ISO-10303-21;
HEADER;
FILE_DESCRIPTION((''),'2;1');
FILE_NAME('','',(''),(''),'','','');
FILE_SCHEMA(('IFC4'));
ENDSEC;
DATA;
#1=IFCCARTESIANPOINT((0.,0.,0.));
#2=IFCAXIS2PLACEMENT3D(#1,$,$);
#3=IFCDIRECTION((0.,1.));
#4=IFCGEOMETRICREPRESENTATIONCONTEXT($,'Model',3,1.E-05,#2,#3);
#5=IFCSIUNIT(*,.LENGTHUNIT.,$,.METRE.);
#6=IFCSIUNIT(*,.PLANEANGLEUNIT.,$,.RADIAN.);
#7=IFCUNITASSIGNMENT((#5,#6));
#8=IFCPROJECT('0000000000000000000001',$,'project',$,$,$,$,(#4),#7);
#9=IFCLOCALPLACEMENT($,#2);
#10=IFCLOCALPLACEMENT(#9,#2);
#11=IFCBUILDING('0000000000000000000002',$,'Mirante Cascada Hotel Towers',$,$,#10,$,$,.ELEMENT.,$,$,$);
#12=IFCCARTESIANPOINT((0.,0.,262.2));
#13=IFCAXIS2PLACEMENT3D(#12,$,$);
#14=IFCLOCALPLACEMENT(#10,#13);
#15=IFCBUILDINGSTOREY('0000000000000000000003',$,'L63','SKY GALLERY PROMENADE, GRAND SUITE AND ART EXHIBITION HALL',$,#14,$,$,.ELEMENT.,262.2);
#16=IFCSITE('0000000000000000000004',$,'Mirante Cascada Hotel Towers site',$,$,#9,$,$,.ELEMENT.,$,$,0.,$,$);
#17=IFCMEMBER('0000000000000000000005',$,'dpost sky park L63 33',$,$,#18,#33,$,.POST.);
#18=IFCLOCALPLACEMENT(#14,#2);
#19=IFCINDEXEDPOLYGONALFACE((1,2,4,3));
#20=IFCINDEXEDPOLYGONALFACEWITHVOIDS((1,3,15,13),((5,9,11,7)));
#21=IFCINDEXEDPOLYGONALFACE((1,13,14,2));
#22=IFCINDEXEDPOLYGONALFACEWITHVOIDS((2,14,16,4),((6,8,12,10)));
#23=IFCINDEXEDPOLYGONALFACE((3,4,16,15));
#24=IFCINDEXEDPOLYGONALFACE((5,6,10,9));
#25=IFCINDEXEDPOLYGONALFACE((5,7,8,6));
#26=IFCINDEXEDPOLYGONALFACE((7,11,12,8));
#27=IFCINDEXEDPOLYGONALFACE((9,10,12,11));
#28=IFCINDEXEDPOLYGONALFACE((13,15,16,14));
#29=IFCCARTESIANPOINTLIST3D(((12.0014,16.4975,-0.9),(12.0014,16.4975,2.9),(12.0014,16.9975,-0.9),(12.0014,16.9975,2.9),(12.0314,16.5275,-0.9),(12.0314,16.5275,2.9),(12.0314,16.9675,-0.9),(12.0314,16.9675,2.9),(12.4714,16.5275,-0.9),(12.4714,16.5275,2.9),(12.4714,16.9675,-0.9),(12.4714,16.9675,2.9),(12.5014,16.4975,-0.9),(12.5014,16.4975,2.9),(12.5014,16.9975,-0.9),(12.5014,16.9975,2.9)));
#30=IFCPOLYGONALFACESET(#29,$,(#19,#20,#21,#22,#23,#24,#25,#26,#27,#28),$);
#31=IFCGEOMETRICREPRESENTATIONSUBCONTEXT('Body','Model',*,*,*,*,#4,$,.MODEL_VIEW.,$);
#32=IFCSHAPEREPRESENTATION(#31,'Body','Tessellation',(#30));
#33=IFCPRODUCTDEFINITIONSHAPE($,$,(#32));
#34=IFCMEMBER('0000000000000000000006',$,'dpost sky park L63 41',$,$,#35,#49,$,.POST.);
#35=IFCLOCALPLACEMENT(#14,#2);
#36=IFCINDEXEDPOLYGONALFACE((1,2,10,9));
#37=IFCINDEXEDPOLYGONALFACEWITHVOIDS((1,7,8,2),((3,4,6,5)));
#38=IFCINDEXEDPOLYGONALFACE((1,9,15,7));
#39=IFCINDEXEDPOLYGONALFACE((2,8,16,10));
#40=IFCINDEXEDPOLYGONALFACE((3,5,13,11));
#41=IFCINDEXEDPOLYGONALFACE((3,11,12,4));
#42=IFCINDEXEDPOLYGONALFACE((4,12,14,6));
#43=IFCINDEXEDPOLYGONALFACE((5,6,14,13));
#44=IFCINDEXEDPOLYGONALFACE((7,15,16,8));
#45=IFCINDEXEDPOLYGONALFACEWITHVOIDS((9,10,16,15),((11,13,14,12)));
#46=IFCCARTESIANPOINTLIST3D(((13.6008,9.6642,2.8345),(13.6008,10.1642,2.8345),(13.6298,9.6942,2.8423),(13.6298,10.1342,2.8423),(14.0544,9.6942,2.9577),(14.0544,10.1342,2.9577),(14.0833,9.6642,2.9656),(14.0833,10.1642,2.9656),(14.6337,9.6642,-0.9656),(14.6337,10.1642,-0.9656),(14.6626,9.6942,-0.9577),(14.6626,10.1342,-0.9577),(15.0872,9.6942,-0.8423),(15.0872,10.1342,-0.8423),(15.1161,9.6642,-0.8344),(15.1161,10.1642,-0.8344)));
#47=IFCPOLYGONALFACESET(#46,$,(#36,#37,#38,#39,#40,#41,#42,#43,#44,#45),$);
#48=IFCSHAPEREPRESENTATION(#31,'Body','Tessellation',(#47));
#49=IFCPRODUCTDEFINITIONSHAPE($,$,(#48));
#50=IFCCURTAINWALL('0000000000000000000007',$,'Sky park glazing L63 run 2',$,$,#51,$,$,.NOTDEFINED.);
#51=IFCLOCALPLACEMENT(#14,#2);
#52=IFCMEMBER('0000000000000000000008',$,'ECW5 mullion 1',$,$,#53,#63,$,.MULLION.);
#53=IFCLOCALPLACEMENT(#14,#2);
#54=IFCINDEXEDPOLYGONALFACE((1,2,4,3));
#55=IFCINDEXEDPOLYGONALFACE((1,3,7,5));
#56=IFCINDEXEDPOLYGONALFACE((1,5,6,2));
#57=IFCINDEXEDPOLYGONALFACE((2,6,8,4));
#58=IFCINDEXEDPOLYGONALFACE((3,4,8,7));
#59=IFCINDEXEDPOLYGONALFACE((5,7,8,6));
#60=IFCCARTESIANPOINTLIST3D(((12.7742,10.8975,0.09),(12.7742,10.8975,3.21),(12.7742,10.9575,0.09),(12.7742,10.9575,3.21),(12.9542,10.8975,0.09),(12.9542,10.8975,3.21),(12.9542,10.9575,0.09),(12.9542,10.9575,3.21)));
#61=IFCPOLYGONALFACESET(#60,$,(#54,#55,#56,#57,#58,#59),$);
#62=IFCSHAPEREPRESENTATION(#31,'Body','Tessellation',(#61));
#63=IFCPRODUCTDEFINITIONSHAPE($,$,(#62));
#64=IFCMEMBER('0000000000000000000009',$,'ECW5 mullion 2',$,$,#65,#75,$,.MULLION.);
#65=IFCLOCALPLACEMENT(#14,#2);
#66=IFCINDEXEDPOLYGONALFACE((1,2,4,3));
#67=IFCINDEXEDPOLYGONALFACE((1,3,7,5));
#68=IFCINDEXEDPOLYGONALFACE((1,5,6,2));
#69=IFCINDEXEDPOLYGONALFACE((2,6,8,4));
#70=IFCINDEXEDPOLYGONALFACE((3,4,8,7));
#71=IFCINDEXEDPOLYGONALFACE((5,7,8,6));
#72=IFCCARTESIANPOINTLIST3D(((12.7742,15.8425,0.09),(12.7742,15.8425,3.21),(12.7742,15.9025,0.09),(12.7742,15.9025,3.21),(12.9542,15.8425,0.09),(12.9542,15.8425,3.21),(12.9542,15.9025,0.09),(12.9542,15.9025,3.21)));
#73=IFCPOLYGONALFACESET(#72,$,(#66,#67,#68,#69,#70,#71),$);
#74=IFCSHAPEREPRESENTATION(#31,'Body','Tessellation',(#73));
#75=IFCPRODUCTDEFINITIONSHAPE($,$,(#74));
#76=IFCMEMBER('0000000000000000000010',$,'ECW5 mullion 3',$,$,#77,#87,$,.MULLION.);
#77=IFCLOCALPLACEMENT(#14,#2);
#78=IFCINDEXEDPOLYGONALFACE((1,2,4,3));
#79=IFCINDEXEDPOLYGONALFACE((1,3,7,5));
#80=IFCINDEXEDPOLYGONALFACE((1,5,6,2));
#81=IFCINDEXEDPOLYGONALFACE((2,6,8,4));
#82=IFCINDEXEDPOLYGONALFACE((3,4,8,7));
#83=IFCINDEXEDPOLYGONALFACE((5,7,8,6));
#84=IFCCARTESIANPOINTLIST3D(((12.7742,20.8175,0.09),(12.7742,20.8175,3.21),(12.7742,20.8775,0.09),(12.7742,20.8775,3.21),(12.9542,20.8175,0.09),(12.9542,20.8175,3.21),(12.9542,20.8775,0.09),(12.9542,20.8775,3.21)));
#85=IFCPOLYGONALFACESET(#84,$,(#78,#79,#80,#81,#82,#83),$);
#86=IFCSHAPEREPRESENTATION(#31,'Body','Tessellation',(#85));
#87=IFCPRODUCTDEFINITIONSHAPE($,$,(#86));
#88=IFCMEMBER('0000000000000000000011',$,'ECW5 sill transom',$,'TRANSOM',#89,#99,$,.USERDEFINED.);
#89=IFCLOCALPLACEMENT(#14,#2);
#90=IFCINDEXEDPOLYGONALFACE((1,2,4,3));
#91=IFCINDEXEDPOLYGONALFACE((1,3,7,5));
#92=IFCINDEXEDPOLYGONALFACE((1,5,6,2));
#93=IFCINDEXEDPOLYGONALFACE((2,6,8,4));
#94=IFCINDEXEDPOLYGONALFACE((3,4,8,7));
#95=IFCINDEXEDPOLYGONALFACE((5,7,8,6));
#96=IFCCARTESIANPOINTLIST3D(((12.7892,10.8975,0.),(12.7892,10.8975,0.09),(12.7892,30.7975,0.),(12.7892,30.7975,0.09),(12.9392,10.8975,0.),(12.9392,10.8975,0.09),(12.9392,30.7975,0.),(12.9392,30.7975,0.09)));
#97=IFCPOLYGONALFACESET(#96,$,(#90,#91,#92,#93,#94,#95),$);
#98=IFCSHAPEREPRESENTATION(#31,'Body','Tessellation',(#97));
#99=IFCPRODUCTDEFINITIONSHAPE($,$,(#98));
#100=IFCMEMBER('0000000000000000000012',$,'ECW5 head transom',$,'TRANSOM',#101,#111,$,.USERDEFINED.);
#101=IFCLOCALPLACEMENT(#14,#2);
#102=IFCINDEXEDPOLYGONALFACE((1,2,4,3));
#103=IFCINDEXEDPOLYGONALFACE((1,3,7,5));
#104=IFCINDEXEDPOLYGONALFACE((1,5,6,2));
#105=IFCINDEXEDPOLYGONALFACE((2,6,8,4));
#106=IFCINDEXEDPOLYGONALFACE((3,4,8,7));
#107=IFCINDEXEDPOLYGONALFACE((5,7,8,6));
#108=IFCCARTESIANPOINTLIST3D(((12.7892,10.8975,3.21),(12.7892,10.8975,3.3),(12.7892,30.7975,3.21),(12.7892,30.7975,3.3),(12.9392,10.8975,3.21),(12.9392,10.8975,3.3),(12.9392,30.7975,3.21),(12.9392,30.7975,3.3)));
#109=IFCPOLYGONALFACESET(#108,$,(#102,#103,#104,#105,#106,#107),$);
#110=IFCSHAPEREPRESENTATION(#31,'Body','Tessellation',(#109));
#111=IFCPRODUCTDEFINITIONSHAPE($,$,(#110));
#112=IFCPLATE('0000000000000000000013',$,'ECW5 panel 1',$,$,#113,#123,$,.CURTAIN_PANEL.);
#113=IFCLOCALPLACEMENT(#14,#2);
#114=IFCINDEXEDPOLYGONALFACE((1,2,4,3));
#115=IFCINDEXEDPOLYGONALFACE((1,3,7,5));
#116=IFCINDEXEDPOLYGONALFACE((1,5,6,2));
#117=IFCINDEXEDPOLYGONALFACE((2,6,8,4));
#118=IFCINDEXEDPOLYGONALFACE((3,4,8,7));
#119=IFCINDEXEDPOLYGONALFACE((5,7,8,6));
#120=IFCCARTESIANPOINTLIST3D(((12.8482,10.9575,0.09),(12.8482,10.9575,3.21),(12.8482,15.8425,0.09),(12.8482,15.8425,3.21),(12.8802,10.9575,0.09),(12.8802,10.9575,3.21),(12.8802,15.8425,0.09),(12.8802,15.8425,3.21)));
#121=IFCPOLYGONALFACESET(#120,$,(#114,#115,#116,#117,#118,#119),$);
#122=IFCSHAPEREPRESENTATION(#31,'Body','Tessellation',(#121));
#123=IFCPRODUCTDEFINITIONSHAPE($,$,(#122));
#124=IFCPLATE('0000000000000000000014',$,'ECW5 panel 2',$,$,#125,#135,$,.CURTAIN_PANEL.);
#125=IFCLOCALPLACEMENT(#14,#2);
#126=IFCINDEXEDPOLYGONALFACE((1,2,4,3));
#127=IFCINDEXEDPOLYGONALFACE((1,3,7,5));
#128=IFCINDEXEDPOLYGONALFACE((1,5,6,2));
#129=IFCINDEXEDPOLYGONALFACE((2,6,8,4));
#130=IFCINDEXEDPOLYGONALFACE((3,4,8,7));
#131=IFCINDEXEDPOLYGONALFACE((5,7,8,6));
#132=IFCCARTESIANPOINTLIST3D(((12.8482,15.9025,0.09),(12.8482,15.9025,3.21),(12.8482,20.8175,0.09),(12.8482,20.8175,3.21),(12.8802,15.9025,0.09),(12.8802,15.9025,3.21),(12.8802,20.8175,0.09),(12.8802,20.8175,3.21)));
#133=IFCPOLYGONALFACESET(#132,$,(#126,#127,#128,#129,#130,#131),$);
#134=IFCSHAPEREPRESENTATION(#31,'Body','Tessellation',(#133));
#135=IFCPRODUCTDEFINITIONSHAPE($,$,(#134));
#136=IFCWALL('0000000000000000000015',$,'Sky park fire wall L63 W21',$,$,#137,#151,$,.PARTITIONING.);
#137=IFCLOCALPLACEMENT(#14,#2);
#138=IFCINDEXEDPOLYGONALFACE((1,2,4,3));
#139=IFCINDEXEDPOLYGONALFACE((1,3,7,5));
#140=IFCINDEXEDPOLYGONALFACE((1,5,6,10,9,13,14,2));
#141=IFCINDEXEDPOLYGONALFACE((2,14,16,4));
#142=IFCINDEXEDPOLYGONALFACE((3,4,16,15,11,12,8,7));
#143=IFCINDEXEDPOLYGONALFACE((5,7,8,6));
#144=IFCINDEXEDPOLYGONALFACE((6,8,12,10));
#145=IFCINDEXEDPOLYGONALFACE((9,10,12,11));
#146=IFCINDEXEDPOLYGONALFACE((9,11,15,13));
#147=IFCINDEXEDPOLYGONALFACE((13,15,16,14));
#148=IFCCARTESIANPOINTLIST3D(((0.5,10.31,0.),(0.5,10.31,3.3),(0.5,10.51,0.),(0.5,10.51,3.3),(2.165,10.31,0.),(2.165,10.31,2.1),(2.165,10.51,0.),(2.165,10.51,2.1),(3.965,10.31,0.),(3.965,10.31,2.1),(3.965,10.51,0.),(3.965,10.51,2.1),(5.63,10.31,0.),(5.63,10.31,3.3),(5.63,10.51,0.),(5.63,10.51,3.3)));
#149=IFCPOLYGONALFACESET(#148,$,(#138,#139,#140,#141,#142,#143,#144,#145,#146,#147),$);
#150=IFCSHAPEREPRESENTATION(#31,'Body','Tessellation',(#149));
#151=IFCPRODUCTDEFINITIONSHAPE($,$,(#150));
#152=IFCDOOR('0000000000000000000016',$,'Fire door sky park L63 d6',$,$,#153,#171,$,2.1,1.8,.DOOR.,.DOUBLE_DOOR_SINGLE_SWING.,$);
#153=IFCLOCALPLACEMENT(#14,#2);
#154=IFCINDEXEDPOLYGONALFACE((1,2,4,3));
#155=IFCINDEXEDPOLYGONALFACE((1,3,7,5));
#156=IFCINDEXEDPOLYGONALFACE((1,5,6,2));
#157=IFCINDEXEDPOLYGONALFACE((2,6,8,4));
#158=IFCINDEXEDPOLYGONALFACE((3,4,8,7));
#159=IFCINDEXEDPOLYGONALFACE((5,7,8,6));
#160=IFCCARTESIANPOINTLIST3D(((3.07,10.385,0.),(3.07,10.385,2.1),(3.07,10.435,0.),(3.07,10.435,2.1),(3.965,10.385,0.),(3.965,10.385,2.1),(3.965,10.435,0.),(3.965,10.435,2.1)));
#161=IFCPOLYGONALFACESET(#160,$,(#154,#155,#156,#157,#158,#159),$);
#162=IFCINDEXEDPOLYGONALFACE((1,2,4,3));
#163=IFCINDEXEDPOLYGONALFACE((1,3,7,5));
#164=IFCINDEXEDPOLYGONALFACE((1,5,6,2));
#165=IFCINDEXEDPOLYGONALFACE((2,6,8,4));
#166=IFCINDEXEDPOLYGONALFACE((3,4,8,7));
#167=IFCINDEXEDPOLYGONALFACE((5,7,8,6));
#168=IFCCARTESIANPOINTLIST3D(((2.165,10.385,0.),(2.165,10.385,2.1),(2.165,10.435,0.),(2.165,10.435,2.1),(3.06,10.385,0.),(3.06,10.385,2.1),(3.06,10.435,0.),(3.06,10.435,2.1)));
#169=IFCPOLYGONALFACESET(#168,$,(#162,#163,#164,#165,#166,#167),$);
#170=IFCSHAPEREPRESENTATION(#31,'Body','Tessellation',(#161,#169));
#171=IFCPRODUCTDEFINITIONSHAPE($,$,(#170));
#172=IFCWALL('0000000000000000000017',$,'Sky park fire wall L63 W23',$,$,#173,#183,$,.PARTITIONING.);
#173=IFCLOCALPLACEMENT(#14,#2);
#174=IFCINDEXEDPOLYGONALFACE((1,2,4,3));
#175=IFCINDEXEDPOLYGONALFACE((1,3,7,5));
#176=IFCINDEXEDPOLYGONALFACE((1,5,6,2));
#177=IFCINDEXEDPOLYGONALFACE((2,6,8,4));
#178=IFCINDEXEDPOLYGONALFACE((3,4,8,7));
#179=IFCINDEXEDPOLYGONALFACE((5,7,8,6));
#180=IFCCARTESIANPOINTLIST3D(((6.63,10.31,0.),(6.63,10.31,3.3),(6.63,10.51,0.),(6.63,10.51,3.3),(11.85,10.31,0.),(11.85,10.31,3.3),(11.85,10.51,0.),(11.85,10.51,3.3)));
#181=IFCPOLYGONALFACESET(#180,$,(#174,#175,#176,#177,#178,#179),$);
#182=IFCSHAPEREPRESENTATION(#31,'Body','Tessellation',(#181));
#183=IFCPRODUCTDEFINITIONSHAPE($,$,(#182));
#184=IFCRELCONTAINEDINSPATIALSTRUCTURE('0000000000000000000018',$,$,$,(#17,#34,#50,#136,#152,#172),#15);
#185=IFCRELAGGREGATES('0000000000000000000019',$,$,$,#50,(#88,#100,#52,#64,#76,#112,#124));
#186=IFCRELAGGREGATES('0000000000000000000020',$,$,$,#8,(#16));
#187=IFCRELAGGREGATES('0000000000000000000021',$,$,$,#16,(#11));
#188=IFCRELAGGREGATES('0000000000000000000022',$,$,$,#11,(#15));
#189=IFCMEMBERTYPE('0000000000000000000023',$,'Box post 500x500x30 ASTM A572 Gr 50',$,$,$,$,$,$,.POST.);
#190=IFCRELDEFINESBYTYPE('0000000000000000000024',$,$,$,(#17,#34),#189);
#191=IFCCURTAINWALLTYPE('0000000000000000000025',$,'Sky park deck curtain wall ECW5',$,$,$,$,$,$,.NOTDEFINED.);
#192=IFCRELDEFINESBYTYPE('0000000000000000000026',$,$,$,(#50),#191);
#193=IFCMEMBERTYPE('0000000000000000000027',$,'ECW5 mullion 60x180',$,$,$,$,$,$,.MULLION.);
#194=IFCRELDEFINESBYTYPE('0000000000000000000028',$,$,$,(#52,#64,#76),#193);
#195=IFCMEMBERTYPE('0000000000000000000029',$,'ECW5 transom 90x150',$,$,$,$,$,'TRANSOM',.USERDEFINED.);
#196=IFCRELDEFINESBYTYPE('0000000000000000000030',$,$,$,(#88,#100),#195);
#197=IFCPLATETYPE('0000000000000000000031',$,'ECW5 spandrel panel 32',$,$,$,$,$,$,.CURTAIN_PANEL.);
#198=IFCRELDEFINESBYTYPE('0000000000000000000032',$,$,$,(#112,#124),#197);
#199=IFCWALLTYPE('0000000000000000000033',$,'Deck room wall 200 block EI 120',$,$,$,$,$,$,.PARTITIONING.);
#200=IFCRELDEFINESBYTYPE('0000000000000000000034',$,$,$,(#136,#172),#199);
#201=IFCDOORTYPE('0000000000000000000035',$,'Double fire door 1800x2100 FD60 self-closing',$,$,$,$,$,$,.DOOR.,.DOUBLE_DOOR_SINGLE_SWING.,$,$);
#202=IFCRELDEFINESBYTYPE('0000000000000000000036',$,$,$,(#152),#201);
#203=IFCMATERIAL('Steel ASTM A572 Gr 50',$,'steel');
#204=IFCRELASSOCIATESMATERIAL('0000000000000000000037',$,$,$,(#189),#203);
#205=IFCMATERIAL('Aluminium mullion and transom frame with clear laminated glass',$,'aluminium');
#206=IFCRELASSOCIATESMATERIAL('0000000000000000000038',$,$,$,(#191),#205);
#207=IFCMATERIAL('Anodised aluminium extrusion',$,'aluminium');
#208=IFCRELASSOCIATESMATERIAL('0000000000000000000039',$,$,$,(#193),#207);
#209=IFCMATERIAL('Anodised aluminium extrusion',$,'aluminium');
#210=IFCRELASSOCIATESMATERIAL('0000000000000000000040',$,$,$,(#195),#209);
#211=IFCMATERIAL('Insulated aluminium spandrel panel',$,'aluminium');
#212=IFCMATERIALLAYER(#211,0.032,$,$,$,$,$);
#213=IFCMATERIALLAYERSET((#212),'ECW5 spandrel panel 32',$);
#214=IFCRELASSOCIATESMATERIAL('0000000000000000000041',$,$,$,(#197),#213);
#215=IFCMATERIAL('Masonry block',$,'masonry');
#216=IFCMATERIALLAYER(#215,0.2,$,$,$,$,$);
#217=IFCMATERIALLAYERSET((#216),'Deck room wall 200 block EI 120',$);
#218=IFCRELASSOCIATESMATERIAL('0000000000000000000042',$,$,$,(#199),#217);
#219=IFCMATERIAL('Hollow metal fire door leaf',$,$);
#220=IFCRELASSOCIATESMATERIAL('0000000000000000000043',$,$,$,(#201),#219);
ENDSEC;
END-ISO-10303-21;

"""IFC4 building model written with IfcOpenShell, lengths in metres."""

from ifc_helpers import new_model, si_unit, direction, frame, frame_2d, origin, origin_2d, place, context, subcontext, project, spatial, rectangle, hollow_rectangle, extrude, material, layer, layer_set, material_profile, profile_set, type_object, element, fill, aggregate, save


model = new_model("IFC4")

# Units and contexts
model_context = context("Model", 3, precision=1e-05, world=origin(), true_north=direction((0.0, 1.0)))
body_context = subcontext(model_context, "Body", "Model", "MODEL_VIEW")
ifc_project = project(units=[si_unit("LENGTHUNIT", "METRE"), si_unit("PLANEANGLEUNIT", "RADIAN")], contexts=[model_context])

# Site, building, storey
site_placement = place(None, origin())
site = spatial("IfcSite", under=ifc_project, at=site_placement, Name="Mirante Cascada Hotel Towers site", CompositionType="ELEMENT", RefElevation=0.0)
building_placement = place(site_placement, origin())
building = spatial("IfcBuilding", under=site, at=building_placement, Name="Mirante Cascada Hotel Towers", CompositionType="ELEMENT")
storey_placement = place(building_placement, frame((0.0, 0.0, 262.2)))
storey = spatial("IfcBuildingStorey", under=building, at=storey_placement, Name="L63", Description="SKY GALLERY PROMENADE, GRAND SUITE AND ART EXHIBITION HALL", CompositionType="ELEMENT", Elevation=262.2)

# Members
ifc_material_1 = material(Name="Steel ASTM A572 Gr 50", Category="steel")
ifc_material_profile_1 = material_profile(ifc_material_1, hollow_rectangle(XDim=0.5, YDim=0.5, WallThickness=0.03, at=origin_2d()), Name="Box post 500x500x30 ASTM A572 Gr 50")
ifc_profile_set_1 = profile_set([ifc_material_profile_1], Name="Steel ASTM A572 Gr 50")
member_type_1 = type_object("IfcMemberType", Name="Box post 500x500x30 ASTM A572 Gr 50", PredefinedType="POST", material=ifc_profile_set_1)
for number, where, z_axis, x_axis, name in (
    (1, (12.2514, 16.7475, -0.9), (0.0, 0.0, 1.0), (1.0, 0.0, 0.0), "dpost sky park L63 33"),
):
    element("IfcMember", number, at=place(storey_placement, frame(where, z_axis=z_axis, x_axis=x_axis)), inside=storey, type_object=member_type_1, Name=name, PredefinedType="POST", context=body_context, shape_type="SweptSolid", body=[
        extrude(hollow_rectangle(XDim=0.5, YDim=0.5, WallThickness=0.03, at=origin_2d()), origin(), (0.0, 0.0, 1.0), 3.8),
    ])
member_1_placement = place(storey_placement, frame((14.8749, 9.9142, -0.9), z_axis=(-0.262275, 0.0, 0.964993), x_axis=(0.0, -1.0, 0.0)))
element("IfcMember", 2, at=member_1_placement, inside=storey, type_object=member_type_1, Name="dpost sky park L63 41", PredefinedType="POST", context=body_context, shape_type="SweptSolid", body=[
    extrude(hollow_rectangle(XDim=0.5, YDim=0.5, WallThickness=0.03, at=origin_2d()), origin(), (0.0, 0.0, 1.0), 3.9379),
])

# Curtain wall, members, plates
ifc_material_2 = material(Name="Aluminium mullion and transom frame with clear laminated glass", Category="aluminium")
curtain_wall_type = type_object("IfcCurtainWallType", Name="Sky park deck curtain wall ECW5", PredefinedType="NOTDEFINED", material=ifc_material_2)
curtain_wall_placement = place(storey_placement, origin())
curtain_wall = element("IfcCurtainWall", 3, at=curtain_wall_placement, inside=storey, type_object=curtain_wall_type, Name="Sky park glazing L63 run 2", PredefinedType="NOTDEFINED")
ifc_material_3 = material(Name="Anodised aluminium extrusion", Category="aluminium")
ifc_material_profile_2 = material_profile(ifc_material_3, rectangle(XDim=0.18, YDim=0.06, at=origin_2d()), Name="ECW5 MULLION 60x180")
ifc_profile_set_2 = profile_set([ifc_material_profile_2], Name="Anodised aluminium extrusion")
member_type_2 = type_object("IfcMemberType", Name="ECW5 mullion 60x180", PredefinedType="MULLION", material=ifc_profile_set_2)
member_2_placement = place(storey_placement, frame((12.8642, 10.9275, 0.09), z_axis=(0.0, 0.0, 1.0), x_axis=(-1.0, 0.0, 0.0)))
member_2 = element("IfcMember", 4, at=member_2_placement, type_object=member_type_2, Name="ECW5 mullion 1", PredefinedType="MULLION", context=body_context, shape_type="SweptSolid", body=[
    extrude(rectangle(XDim=0.18, YDim=0.06, at=origin_2d()), origin(), (0.0, 0.0, 1.0), 3.12),
])
member_3_placement = place(storey_placement, frame((12.8642, 15.8725, 0.09), z_axis=(0.0, 0.0, 1.0), x_axis=(-1.0, 0.0, 0.0)))
member_3 = element("IfcMember", 5, at=member_3_placement, type_object=member_type_2, Name="ECW5 mullion 2", PredefinedType="MULLION", context=body_context, shape_type="SweptSolid", body=[
    extrude(rectangle(XDim=0.18, YDim=0.06, at=origin_2d()), origin(), (0.0, 0.0, 1.0), 3.12),
])
member_4_placement = place(storey_placement, frame((12.8642, 20.8475, 0.09), z_axis=(0.0, 0.0, 1.0), x_axis=(-1.0, 0.0, 0.0)))
member_4 = element("IfcMember", 6, at=member_4_placement, type_object=member_type_2, Name="ECW5 mullion 3", PredefinedType="MULLION", context=body_context, shape_type="SweptSolid", body=[
    extrude(rectangle(XDim=0.18, YDim=0.06, at=origin_2d()), origin(), (0.0, 0.0, 1.0), 3.12),
])
ifc_material_4 = material(Name="Anodised aluminium extrusion", Category="aluminium")
ifc_material_profile_3 = material_profile(ifc_material_4, rectangle(XDim=0.15, YDim=0.09, at=origin_2d()), Name="ECW5 TRANSOM 90x150")
ifc_profile_set_3 = profile_set([ifc_material_profile_3], Name="Anodised aluminium extrusion")
member_type_3 = type_object("IfcMemberType", Name="ECW5 transom 90x150", ElementType="TRANSOM", PredefinedType="USERDEFINED", material=ifc_profile_set_3)
member_5_placement = place(storey_placement, frame((12.8642, 10.8975, 0.045), z_axis=(0.0, 1.0, 0.0), x_axis=(-1.0, 0.0, 0.0)))
member_5 = element("IfcMember", 7, at=member_5_placement, type_object=member_type_3, Name="ECW5 sill transom", ObjectType="TRANSOM", PredefinedType="USERDEFINED", context=body_context, shape_type="SweptSolid", body=[
    extrude(rectangle(XDim=0.15, YDim=0.09, at=origin_2d()), origin(), (0.0, 0.0, 1.0), 19.9),
])
member_6_placement = place(storey_placement, frame((12.8642, 10.8975, 3.255), z_axis=(0.0, 1.0, 0.0), x_axis=(-1.0, 0.0, 0.0)))
member_6 = element("IfcMember", 8, at=member_6_placement, type_object=member_type_3, Name="ECW5 head transom", ObjectType="TRANSOM", PredefinedType="USERDEFINED", context=body_context, shape_type="SweptSolid", body=[
    extrude(rectangle(XDim=0.15, YDim=0.09, at=origin_2d()), origin(), (0.0, 0.0, 1.0), 19.9),
])
ifc_material_5 = material(Name="Insulated aluminium spandrel panel", Category="aluminium")
ifc_layer_1 = layer(ifc_material_5, 0.032)
ifc_layer_set_1 = layer_set([ifc_layer_1], Name="ECW5 spandrel panel 32")
plate_type = type_object("IfcPlateType", Name="ECW5 spandrel panel 32", PredefinedType="CURTAIN_PANEL", material=ifc_layer_set_1)
plate_1_placement = place(storey_placement, frame((12.8642, 13.4, 0.09), z_axis=(0.0, 0.0, 1.0), x_axis=(0.0, 1.0, 0.0)))
plate_1 = element("IfcPlate", 9, at=plate_1_placement, type_object=plate_type, Name="ECW5 panel 1", PredefinedType="CURTAIN_PANEL", context=body_context, shape_type="SweptSolid", body=[
    extrude(rectangle(XDim=4.885, YDim=0.032, at=origin_2d()), origin(), (0.0, 0.0, 1.0), 3.12),
])
plate_2_placement = place(storey_placement, frame((12.8642, 18.36, 0.09), z_axis=(0.0, 0.0, 1.0), x_axis=(0.0, 1.0, 0.0)))
plate_2 = element("IfcPlate", 10, at=plate_2_placement, type_object=plate_type, Name="ECW5 panel 2", PredefinedType="CURTAIN_PANEL", context=body_context, shape_type="SweptSolid", body=[
    extrude(rectangle(XDim=4.915, YDim=0.032, at=origin_2d()), origin(), (0.0, 0.0, 1.0), 3.12),
])
aggregate(curtain_wall, [member_5, member_6, member_2, member_3, member_4, plate_1, plate_2])

# Wall, opening, door
ifc_material_6 = material(Name="Masonry block", Category="masonry")
ifc_layer_2 = layer(ifc_material_6, 0.2)
ifc_layer_set_2 = layer_set([ifc_layer_2], Name="Deck room wall 200 block EI 120")
wall_type_1 = type_object("IfcWallType", Name="Deck room wall 200 block EI 120", PredefinedType="PARTITIONING", material=ifc_layer_set_2)
wall_1_placement = place(storey_placement, frame((0.5, 10.41, 0.0), z_axis=(0.0, 0.0, 1.0), x_axis=(1.0, 0.0, 0.0)))
wall_1 = element("IfcWall", 11, at=wall_1_placement, inside=storey, type_object=wall_type_1, Name="Sky park fire wall L63 W21", PredefinedType="PARTITIONING", context=body_context, shape_type="SweptSolid", body=[
    extrude(rectangle(XDim=5.13, YDim=0.2, at=frame_2d((2.565, 0.0))), origin(), (0.0, 0.0, 1.0), 3.3),
])
opening_1_placement = place(wall_1_placement, frame((1.665, 0.0, 0.0)))
opening_1 = element("IfcOpeningElement", 12, at=opening_1_placement, cuts=wall_1, PredefinedType="OPENING", context=body_context, shape_type="SweptSolid", body=[
    extrude(rectangle(XDim=1.8, YDim=2.1, at=frame_2d((0.9, 1.05))), frame((0.0, 0.1, 0.0), z_axis=(0.0, -1.0, 0.0), x_axis=(1.0, 0.0, 0.0)), (0.0, 0.0, 1.0), 0.2),
])
ifc_material_7 = material(Name="Hollow metal fire door leaf")
door_type_1 = type_object("IfcDoorType", Name="Double fire door 1800x2100 FD60 self-closing", OperationType="DOUBLE_DOOR_SINGLE_SWING", PredefinedType="DOOR", material=ifc_material_7)
door_1_placement = place(opening_1_placement, frame((1.8, 0.0, 0.0), z_axis=(0.0, 0.0, 1.0), x_axis=(-1.0, 0.0, 0.0)))
door_1 = element("IfcDoor", 13, at=door_1_placement, inside=storey, type_object=door_type_1, Name="Fire door sky park L63 d6", OperationType="DOUBLE_DOOR_SINGLE_SWING", OverallHeight=2.1, OverallWidth=1.8, PredefinedType="DOOR", context=body_context, shape_type="SweptSolid", body=[
    extrude(rectangle(XDim=0.895, YDim=2.1, at=frame_2d((0.4475, 1.05))), frame((0.0, 0.025, 0.0), z_axis=(0.0, -1.0, 0.0), x_axis=(1.0, 0.0, 0.0)), (0.0, 0.0, 1.0), 0.05),
    extrude(rectangle(XDim=0.895, YDim=2.1, at=frame_2d((1.3525, 1.05))), frame((0.0, 0.025, 0.0), z_axis=(0.0, -1.0, 0.0), x_axis=(1.0, 0.0, 0.0)), (0.0, 0.0, 1.0), 0.05),
])
fill(opening_1, door_1)

# Wall
wall_2_placement = place(storey_placement, frame((6.63, 10.41, 0.0), z_axis=(0.0, 0.0, 1.0), x_axis=(1.0, 0.0, 0.0)))
element("IfcWall", 14, at=wall_2_placement, inside=storey, type_object=wall_type_1, Name="Sky park fire wall L63 W23", PredefinedType="PARTITIONING", context=body_context, shape_type="SweptSolid", body=[
    extrude(rectangle(XDim=5.22, YDim=0.2, at=frame_2d((2.61, 0.0))), origin(), (0.0, 0.0, 1.0), 3.3),
])

save(model, "model.ifc")
